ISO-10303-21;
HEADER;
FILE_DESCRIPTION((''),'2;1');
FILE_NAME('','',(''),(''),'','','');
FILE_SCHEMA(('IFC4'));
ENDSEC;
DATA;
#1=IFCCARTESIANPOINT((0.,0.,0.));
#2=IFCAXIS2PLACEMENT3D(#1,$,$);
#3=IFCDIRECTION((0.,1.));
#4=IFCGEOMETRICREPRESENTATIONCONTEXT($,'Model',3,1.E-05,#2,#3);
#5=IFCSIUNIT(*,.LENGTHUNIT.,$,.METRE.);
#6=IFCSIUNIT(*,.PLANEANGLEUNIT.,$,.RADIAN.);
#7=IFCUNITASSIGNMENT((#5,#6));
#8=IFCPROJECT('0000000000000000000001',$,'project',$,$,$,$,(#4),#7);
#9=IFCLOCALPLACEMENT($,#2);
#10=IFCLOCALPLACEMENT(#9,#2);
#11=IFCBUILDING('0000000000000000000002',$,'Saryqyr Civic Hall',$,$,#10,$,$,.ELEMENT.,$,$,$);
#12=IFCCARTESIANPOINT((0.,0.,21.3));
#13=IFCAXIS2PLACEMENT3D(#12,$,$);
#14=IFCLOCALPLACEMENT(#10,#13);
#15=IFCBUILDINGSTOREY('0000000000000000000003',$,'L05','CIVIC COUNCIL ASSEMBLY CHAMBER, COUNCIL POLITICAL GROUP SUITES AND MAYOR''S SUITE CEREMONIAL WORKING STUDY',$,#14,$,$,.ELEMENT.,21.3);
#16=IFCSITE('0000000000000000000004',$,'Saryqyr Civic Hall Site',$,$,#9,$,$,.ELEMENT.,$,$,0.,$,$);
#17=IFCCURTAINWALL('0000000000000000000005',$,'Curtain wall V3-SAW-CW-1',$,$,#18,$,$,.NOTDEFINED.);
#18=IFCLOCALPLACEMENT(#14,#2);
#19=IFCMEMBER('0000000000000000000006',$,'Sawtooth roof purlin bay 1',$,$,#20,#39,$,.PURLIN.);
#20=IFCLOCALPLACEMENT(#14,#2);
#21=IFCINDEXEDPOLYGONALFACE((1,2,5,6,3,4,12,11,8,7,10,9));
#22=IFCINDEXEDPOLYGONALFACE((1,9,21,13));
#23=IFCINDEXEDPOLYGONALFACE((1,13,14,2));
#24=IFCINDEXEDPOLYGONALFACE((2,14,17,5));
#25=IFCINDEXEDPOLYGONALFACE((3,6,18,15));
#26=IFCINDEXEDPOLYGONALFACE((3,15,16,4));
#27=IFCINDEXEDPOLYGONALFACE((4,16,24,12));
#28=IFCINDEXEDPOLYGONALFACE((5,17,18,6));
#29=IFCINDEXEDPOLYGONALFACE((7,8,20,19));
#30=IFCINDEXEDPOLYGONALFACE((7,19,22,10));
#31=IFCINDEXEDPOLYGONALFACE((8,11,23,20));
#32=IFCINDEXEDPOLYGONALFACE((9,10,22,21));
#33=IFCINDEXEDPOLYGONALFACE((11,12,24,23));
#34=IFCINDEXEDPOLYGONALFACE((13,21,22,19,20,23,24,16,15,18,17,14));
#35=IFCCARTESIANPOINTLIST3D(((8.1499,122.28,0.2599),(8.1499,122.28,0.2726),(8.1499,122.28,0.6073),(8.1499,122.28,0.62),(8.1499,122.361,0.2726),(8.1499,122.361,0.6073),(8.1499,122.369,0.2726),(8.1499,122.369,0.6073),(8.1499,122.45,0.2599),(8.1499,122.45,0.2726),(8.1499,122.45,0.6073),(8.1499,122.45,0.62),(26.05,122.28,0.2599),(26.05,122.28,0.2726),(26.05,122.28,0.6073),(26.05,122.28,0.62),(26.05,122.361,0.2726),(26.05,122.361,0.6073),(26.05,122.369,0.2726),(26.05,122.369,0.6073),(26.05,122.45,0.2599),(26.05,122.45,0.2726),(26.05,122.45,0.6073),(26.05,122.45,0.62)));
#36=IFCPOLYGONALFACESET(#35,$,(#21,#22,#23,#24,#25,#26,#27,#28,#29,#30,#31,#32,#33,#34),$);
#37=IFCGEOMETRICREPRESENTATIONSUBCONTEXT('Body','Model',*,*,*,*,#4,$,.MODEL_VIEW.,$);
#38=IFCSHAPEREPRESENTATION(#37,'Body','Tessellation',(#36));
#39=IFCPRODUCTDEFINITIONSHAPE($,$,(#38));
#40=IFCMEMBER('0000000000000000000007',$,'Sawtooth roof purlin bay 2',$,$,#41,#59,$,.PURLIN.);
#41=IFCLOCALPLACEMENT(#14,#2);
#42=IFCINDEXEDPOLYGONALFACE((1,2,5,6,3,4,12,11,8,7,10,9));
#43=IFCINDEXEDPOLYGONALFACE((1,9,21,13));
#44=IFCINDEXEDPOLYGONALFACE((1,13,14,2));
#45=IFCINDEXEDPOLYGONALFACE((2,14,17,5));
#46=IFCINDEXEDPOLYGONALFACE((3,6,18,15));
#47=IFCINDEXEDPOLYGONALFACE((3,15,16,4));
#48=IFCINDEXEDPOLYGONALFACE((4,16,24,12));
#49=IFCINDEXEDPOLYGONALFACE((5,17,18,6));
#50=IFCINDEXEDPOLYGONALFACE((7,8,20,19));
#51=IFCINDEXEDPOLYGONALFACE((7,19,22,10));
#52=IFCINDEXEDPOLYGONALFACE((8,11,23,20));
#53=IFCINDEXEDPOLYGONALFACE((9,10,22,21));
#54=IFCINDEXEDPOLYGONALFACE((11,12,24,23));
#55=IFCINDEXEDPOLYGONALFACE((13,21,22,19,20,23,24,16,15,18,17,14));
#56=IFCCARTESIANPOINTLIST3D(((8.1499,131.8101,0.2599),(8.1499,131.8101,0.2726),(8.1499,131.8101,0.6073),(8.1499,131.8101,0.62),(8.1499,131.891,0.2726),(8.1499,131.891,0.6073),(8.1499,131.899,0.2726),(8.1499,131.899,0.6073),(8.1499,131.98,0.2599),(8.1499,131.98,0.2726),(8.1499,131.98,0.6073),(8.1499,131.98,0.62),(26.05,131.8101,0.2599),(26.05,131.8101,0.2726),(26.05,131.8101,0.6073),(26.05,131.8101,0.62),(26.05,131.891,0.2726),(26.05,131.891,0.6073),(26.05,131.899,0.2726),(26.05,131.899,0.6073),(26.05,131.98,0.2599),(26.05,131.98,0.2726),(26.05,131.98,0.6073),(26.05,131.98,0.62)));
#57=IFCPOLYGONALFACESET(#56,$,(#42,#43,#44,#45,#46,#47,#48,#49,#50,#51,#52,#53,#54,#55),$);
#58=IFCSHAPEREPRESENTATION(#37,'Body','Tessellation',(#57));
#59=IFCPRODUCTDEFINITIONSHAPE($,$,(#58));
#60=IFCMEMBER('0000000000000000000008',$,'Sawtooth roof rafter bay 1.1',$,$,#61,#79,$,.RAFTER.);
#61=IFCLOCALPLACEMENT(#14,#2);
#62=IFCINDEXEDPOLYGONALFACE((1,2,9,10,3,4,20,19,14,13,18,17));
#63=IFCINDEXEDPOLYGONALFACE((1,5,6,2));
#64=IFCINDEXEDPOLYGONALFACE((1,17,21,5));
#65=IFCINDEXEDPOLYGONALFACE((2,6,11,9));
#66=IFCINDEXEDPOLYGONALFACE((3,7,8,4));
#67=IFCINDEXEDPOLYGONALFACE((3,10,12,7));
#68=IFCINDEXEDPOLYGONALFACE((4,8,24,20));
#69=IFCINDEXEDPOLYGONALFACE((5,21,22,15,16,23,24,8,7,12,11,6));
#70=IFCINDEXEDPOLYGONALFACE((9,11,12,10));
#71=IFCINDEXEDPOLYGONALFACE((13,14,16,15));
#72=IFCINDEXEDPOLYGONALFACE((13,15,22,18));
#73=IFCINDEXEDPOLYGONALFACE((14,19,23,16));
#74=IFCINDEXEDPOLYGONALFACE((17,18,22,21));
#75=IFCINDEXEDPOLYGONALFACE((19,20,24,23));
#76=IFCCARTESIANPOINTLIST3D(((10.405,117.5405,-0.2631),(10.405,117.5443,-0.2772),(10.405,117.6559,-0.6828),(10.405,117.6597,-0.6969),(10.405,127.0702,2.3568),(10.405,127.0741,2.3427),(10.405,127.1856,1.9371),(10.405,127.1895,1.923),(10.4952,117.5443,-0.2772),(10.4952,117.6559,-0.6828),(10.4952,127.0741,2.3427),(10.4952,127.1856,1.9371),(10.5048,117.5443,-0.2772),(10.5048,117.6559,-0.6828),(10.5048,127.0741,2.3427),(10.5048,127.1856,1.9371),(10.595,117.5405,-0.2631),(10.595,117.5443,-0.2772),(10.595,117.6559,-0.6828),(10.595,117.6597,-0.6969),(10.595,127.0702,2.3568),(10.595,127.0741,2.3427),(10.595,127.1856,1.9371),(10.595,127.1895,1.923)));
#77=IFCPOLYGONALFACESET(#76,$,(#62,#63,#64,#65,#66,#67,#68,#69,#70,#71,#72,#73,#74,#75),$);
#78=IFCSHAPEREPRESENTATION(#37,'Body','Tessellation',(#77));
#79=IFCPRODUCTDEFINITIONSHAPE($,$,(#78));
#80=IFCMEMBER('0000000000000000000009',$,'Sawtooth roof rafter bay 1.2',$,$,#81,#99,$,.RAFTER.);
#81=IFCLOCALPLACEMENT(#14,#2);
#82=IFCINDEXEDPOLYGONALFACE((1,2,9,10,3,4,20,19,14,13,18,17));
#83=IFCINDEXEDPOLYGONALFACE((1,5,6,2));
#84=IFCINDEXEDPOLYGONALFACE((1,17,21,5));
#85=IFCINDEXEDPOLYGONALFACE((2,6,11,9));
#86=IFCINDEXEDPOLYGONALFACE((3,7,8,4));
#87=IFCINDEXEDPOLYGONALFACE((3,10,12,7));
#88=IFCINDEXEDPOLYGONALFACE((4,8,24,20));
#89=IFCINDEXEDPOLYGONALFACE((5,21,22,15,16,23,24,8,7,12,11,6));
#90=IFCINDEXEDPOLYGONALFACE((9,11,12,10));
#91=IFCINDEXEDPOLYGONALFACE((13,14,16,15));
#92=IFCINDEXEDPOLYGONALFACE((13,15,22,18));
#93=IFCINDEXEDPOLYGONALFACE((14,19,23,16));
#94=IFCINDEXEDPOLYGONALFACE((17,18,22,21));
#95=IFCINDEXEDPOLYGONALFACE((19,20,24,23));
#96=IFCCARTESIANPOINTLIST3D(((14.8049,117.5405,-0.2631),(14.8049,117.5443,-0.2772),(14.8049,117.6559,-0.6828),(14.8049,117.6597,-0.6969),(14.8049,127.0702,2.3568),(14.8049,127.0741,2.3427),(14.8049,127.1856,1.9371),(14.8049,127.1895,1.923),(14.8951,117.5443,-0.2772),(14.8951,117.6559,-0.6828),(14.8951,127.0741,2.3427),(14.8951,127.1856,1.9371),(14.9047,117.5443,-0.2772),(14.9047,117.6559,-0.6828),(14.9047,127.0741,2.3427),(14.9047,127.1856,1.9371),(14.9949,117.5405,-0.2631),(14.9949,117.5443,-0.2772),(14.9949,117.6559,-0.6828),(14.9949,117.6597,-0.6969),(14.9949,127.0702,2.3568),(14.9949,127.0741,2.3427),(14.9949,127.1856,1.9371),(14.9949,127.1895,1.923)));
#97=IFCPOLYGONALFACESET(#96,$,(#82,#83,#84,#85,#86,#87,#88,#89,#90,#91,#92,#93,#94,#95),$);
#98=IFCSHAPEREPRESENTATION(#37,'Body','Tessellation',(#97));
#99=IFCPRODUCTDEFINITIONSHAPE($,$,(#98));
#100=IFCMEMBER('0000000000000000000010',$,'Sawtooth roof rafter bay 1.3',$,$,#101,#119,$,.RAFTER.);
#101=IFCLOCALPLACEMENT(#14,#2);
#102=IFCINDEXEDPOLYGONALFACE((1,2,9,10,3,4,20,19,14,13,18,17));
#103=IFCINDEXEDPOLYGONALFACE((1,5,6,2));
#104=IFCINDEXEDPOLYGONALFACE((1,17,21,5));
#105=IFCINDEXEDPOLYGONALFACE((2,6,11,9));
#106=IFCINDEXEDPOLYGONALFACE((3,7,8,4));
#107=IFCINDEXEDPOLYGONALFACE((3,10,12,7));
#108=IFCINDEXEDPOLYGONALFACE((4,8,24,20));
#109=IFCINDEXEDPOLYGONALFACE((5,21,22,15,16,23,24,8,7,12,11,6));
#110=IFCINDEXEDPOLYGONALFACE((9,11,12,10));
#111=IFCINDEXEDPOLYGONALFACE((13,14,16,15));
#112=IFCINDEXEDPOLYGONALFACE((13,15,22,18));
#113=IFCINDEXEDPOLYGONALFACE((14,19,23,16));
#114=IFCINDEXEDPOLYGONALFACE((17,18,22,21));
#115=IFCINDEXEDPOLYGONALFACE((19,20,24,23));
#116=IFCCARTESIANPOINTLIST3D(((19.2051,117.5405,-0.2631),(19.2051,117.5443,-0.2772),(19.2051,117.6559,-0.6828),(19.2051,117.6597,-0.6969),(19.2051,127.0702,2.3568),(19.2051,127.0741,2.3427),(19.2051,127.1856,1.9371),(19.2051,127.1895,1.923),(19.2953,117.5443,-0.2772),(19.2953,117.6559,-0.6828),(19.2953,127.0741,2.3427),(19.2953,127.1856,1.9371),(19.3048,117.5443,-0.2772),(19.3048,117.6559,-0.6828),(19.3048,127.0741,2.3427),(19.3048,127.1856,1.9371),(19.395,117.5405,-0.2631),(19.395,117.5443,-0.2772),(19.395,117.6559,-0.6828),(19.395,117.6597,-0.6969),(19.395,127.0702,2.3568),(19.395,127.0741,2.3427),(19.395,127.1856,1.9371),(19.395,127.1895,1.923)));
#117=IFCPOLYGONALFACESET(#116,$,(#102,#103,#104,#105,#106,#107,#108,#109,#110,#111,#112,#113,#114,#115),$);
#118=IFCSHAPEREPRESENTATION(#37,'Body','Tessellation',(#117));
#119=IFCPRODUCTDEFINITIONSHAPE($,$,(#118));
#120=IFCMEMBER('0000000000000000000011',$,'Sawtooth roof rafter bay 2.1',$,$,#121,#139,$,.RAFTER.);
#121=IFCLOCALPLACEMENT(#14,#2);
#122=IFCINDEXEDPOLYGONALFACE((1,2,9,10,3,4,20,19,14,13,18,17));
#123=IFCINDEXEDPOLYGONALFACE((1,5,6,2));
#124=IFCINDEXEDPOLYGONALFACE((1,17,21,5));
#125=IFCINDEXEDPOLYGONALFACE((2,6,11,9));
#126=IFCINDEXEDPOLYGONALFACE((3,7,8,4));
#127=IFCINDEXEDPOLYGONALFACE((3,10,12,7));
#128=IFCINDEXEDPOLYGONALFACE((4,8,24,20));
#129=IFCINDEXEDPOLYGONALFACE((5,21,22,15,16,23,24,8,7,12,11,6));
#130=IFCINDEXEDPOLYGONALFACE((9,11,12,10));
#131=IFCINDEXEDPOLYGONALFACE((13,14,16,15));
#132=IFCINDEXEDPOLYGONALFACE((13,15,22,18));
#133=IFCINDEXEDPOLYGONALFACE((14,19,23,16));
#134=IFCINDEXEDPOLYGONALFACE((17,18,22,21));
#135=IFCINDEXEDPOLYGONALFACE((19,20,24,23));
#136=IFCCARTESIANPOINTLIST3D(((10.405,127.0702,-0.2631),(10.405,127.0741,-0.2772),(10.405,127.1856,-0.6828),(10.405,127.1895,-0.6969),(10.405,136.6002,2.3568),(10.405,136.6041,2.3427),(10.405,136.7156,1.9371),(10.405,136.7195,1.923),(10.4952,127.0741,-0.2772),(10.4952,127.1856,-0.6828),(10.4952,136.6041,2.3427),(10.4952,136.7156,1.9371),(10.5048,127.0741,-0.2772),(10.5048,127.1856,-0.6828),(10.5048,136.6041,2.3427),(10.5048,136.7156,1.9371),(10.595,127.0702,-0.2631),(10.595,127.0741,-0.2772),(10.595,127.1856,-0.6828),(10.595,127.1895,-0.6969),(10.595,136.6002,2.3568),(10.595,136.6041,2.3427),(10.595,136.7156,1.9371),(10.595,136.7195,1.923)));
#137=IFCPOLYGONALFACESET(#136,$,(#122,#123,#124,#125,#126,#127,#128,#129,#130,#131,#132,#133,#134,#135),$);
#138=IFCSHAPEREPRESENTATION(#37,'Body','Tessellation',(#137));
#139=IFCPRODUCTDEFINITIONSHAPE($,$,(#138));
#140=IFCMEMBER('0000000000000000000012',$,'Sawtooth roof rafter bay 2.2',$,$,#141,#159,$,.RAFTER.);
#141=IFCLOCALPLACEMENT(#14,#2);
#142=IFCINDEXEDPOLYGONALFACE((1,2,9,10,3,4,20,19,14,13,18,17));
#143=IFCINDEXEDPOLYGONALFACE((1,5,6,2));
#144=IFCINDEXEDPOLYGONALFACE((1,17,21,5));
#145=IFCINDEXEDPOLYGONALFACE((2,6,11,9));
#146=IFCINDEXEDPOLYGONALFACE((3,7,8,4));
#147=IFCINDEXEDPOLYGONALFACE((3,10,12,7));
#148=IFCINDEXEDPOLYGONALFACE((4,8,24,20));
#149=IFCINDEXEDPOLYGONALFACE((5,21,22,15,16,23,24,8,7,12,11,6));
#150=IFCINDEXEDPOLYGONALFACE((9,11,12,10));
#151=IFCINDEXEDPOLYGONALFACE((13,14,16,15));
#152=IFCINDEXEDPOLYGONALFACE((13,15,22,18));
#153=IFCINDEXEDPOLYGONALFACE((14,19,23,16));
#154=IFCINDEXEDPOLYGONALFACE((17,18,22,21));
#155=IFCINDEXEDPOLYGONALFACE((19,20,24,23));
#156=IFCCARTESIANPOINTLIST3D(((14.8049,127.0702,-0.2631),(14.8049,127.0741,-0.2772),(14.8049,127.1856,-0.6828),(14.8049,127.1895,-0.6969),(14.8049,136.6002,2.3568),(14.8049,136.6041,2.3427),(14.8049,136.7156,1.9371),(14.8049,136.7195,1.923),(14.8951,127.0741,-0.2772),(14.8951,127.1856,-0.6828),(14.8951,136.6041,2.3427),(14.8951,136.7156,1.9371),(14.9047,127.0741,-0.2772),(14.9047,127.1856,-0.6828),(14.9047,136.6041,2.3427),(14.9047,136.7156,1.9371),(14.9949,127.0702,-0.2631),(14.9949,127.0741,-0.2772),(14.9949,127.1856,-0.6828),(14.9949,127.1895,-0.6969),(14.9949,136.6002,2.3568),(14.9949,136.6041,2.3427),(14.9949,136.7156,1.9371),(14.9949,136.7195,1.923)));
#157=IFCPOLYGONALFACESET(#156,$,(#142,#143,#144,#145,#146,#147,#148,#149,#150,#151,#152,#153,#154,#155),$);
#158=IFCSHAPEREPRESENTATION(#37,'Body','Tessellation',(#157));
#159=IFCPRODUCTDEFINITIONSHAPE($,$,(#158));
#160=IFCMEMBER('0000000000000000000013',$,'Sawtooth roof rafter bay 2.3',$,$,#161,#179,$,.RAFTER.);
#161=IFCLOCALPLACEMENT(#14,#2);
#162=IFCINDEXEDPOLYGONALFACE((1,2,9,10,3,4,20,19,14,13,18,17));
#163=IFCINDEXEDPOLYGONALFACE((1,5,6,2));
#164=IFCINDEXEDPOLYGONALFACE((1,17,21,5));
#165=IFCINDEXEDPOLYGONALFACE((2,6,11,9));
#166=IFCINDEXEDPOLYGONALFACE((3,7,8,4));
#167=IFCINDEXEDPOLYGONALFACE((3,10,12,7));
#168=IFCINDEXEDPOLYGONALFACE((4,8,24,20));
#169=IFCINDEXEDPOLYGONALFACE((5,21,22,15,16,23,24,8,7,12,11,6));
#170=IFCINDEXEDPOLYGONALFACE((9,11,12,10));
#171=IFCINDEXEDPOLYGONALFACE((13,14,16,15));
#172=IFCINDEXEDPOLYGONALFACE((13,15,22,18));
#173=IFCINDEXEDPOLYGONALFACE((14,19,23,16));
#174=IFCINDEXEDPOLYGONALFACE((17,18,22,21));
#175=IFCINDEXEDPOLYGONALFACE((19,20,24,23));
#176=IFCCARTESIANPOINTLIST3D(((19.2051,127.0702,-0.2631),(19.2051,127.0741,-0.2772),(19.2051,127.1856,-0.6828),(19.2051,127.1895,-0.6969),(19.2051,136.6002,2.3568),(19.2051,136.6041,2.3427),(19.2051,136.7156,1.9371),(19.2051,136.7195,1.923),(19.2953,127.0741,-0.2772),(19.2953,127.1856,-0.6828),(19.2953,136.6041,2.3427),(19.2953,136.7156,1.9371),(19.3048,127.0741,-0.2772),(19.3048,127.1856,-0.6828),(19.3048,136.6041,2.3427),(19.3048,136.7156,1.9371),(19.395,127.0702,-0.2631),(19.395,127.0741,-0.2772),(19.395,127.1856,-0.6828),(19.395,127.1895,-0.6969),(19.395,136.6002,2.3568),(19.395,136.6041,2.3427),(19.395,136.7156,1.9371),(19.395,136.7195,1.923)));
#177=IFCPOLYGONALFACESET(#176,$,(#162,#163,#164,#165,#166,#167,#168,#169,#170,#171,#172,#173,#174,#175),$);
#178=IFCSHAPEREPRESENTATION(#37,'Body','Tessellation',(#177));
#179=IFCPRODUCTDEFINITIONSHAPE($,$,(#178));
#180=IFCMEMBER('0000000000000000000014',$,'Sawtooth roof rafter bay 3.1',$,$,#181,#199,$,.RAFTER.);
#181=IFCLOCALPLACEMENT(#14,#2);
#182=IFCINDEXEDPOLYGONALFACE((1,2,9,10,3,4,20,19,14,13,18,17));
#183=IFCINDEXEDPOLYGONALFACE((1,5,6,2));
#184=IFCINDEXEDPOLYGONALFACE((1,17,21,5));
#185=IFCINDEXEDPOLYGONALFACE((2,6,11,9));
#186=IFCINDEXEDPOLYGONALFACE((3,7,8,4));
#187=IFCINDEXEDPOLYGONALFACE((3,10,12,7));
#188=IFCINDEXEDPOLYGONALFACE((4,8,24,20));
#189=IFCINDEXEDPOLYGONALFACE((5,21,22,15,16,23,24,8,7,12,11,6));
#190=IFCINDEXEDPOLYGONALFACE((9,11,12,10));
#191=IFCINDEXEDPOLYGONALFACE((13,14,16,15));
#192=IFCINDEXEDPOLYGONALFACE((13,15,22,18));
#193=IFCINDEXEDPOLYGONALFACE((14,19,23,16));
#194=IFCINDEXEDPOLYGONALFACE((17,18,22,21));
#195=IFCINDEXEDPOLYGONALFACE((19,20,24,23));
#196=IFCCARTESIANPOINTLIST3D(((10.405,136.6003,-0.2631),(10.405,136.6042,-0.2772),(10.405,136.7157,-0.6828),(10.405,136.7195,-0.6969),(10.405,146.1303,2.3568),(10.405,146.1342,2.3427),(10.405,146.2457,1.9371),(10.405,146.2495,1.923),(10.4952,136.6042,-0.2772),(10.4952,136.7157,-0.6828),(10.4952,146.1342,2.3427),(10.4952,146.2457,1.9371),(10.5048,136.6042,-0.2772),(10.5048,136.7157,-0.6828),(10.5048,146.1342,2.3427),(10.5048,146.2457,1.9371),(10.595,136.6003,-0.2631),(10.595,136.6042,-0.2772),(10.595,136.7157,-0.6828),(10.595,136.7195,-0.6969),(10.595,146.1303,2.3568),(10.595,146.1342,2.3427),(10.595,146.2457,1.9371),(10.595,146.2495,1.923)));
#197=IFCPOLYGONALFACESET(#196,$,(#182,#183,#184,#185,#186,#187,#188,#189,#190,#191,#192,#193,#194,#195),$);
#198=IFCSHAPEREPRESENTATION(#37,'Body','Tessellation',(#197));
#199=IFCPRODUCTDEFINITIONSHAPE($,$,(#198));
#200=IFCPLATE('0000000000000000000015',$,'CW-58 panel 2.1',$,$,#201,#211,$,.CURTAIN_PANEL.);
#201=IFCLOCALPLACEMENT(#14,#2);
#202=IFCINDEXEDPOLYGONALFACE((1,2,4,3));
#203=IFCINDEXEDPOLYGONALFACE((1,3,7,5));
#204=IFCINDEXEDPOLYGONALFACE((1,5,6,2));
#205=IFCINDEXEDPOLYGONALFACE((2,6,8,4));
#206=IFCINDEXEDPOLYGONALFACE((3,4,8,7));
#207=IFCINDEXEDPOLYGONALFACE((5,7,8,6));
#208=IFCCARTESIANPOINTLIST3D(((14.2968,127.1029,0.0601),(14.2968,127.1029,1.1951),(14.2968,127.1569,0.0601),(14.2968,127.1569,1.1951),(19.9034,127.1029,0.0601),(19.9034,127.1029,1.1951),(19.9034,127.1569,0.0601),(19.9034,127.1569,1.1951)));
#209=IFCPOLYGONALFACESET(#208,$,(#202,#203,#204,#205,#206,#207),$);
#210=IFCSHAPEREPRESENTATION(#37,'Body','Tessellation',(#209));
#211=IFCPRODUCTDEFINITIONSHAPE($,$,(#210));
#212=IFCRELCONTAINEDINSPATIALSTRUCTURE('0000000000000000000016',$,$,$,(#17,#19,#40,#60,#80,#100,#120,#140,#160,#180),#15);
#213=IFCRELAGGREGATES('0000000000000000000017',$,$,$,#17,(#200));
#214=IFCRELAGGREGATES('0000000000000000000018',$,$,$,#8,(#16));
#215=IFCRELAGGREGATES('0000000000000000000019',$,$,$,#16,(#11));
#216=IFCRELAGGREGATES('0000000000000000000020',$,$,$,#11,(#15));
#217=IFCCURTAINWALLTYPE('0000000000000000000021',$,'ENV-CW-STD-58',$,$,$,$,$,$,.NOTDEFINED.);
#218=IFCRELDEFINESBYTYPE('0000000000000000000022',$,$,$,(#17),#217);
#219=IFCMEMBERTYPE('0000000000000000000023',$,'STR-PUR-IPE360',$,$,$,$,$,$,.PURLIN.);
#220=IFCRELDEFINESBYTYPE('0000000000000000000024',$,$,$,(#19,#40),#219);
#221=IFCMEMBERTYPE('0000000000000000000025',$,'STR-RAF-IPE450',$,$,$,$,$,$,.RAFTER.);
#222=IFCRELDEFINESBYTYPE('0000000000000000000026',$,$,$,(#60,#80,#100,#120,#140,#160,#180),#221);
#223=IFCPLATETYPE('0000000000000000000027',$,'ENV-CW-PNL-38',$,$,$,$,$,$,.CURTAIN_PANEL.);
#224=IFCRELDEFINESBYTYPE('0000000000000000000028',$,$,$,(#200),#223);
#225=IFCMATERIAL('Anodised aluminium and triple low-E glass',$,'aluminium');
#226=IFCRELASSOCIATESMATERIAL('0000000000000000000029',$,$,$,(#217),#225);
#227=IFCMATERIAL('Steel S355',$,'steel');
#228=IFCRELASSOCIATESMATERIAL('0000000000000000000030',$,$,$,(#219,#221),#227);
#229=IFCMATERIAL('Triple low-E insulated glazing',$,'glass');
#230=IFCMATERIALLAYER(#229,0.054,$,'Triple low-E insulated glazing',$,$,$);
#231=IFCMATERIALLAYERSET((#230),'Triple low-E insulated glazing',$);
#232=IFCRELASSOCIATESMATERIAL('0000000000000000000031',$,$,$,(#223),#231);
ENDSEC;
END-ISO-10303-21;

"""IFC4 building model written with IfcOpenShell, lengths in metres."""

from ifc_helpers import new_model, si_unit, direction, frame, origin, origin_2d, place, context, subcontext, project, spatial, rectangle, i_section, extrude, material, layer, layer_set, material_profile, profile_set, type_object, element, aggregate, save


model = new_model("IFC4")

# Units and contexts
model_context = context("Model", 3, precision=1e-05, world=origin(), true_north=direction((0.0, 1.0)))
body_context = subcontext(model_context, "Body", "Model", "MODEL_VIEW")
ifc_project = project(units=[si_unit("LENGTHUNIT", "METRE"), si_unit("PLANEANGLEUNIT", "RADIAN")], contexts=[model_context])

# Site, building, storey
site_placement = place(None, origin())
site = spatial("IfcSite", under=ifc_project, at=site_placement, Name="Saryqyr Civic Hall Site", CompositionType="ELEMENT", RefElevation=0.0)
building_placement = place(site_placement, origin())
building = spatial("IfcBuilding", under=site, at=building_placement, Name="Saryqyr Civic Hall", CompositionType="ELEMENT")
storey_placement = place(building_placement, frame((0.0, 0.0, 21.3)))
storey = spatial("IfcBuildingStorey", under=building, at=storey_placement, Name="L05", Description="CIVIC COUNCIL ASSEMBLY CHAMBER, COUNCIL POLITICAL GROUP SUITES AND MAYOR'S SUITE CEREMONIAL WORKING STUDY", CompositionType="ELEMENT", Elevation=21.3)

# Curtain wall
ifc_material_1 = material(Name="Anodised aluminium and triple low-E glass", Category="aluminium")
curtain_wall_type = type_object("IfcCurtainWallType", Name="ENV-CW-STD-58", PredefinedType="NOTDEFINED", material=ifc_material_1)
curtain_wall_1_placement = place(storey_placement, origin())
curtain_wall_1 = element("IfcCurtainWall", 1, at=curtain_wall_1_placement, inside=storey, type_object=curtain_wall_type, Name="Curtain wall V3-SAW-CW-1", PredefinedType="NOTDEFINED")

# Members
ifc_material_2 = material(Name="Steel S355", Category="steel")
ifc_material_profile_1 = material_profile(ifc_material_2, i_section(OverallWidth=0.1699, OverallDepth=0.3601, WebThickness=0.0081, FlangeThickness=0.0127, at=origin_2d()), Name="IPE 360")
ifc_profile_set_1 = profile_set([ifc_material_profile_1], Name="Steel S355")
member_type_1 = type_object("IfcMemberType", Name="STR-PUR-IPE360", PredefinedType="PURLIN", material=ifc_profile_set_1)
for number, where, z_axis, x_axis, name in (
    (2, (8.1499, 122.365, 0.4399), (1.0, 0.0, 0.0), (0.0, 1.0, 0.0), "Sawtooth roof purlin bay 1"),
    (3, (8.1499, 131.895, 0.4399), (1.0, 0.0, 0.0), (0.0, 1.0, 0.0), "Sawtooth roof purlin bay 2"),
):
    element("IfcMember", number, at=place(storey_placement, frame(where, z_axis=z_axis, x_axis=x_axis)), inside=storey, type_object=member_type_1, Name=name, PredefinedType="PURLIN", context=body_context, shape_type="SweptSolid", body=[
        extrude(i_section(OverallWidth=0.1699, OverallDepth=0.3601, WebThickness=0.0081, FlangeThickness=0.0127, at=origin_2d()), origin(), (0.0, 0.0, 1.0), 17.9001),
    ])
ifc_material_profile_2 = material_profile(ifc_material_2, i_section(OverallWidth=0.1899, OverallDepth=0.45, WebThickness=0.0095, FlangeThickness=0.0146, at=origin_2d()), Name="IPE 450")
ifc_profile_set_2 = profile_set([ifc_material_profile_2], Name="Steel S355")
member_type_2 = type_object("IfcMemberType", Name="STR-RAF-IPE450", PredefinedType="RAFTER", material=ifc_profile_set_2)
for number, where, z_axis, x_axis, name in (
    (4, (10.5, 117.6001, -0.48), (0.0, 0.964227, 0.26508), (-1.0, 0.0, 0.0), "Sawtooth roof rafter bay 1.1"),
    (5, (14.8999, 117.6001, -0.48), (0.0, 0.964227, 0.26508), (-1.0, 0.0, 0.0), "Sawtooth roof rafter bay 1.2"),
    (6, (19.3, 117.6001, -0.48), (0.0, 0.964227, 0.26508), (-1.0, 0.0, 0.0), "Sawtooth roof rafter bay 1.3"),
):
    element("IfcMember", number, at=place(storey_placement, frame(where, z_axis=z_axis, x_axis=x_axis)), inside=storey, type_object=member_type_2, Name=name, PredefinedType="RAFTER", context=body_context, shape_type="SweptSolid", body=[
        extrude(i_section(OverallWidth=0.1899, OverallDepth=0.45, WebThickness=0.0095, FlangeThickness=0.0146, at=origin_2d()), origin(), (0.0, 0.0, 1.0), 9.8833),
    ])
for number, where, z_axis, x_axis, name in (
    (7, (10.5, 127.1299, -0.48), (0.0, 0.964228, 0.265073), (-1.0, 0.0, 0.0), "Sawtooth roof rafter bay 2.1"),
    (8, (14.8999, 127.1299, -0.48), (0.0, 0.964228, 0.265073), (-1.0, 0.0, 0.0), "Sawtooth roof rafter bay 2.2"),
    (9, (19.3, 127.1299, -0.48), (0.0, 0.964228, 0.265073), (-1.0, 0.0, 0.0), "Sawtooth roof rafter bay 2.3"),
    (10, (10.5, 136.6599, -0.48), (0.0, 0.964228, 0.265073), (-1.0, 0.0, 0.0), "Sawtooth roof rafter bay 3.1"),
):
    element("IfcMember", number, at=place(storey_placement, frame(where, z_axis=z_axis, x_axis=x_axis)), inside=storey, type_object=member_type_2, Name=name, PredefinedType="RAFTER", context=body_context, shape_type="SweptSolid", body=[
        extrude(i_section(OverallWidth=0.1899, OverallDepth=0.45, WebThickness=0.0095, FlangeThickness=0.0146, at=origin_2d()), origin(), (0.0, 0.0, 1.0), 9.8835),
    ])

# Plate
ifc_material_3 = material(Name="Triple low-E insulated glazing", Category="glass")
ifc_layer_1 = layer(ifc_material_3, 0.054, Name="Triple low-E insulated glazing")
ifc_layer_set_1 = layer_set([ifc_layer_1], Name="Triple low-E insulated glazing")
plate_type = type_object("IfcPlateType", Name="ENV-CW-PNL-38", PredefinedType="CURTAIN_PANEL", material=ifc_layer_set_1)
plate_1_placement = place(storey_placement, frame((17.1001, 127.1299, 0.0601), z_axis=(0.0, 0.0, 1.0), x_axis=(-1.0, 0.0, 0.0)))
plate_1 = element("IfcPlate", 11, at=plate_1_placement, type_object=plate_type, Name="CW-58 panel 2.1", PredefinedType="CURTAIN_PANEL", context=body_context, shape_type="SweptSolid", body=[
    extrude(rectangle(XDim=5.6067, YDim=0.054, at=origin_2d()), origin(), (0.0, 0.0, 1.0), 1.135),
])
aggregate(curtain_wall_1, [plate_1])

save(model, "model.ifc")
